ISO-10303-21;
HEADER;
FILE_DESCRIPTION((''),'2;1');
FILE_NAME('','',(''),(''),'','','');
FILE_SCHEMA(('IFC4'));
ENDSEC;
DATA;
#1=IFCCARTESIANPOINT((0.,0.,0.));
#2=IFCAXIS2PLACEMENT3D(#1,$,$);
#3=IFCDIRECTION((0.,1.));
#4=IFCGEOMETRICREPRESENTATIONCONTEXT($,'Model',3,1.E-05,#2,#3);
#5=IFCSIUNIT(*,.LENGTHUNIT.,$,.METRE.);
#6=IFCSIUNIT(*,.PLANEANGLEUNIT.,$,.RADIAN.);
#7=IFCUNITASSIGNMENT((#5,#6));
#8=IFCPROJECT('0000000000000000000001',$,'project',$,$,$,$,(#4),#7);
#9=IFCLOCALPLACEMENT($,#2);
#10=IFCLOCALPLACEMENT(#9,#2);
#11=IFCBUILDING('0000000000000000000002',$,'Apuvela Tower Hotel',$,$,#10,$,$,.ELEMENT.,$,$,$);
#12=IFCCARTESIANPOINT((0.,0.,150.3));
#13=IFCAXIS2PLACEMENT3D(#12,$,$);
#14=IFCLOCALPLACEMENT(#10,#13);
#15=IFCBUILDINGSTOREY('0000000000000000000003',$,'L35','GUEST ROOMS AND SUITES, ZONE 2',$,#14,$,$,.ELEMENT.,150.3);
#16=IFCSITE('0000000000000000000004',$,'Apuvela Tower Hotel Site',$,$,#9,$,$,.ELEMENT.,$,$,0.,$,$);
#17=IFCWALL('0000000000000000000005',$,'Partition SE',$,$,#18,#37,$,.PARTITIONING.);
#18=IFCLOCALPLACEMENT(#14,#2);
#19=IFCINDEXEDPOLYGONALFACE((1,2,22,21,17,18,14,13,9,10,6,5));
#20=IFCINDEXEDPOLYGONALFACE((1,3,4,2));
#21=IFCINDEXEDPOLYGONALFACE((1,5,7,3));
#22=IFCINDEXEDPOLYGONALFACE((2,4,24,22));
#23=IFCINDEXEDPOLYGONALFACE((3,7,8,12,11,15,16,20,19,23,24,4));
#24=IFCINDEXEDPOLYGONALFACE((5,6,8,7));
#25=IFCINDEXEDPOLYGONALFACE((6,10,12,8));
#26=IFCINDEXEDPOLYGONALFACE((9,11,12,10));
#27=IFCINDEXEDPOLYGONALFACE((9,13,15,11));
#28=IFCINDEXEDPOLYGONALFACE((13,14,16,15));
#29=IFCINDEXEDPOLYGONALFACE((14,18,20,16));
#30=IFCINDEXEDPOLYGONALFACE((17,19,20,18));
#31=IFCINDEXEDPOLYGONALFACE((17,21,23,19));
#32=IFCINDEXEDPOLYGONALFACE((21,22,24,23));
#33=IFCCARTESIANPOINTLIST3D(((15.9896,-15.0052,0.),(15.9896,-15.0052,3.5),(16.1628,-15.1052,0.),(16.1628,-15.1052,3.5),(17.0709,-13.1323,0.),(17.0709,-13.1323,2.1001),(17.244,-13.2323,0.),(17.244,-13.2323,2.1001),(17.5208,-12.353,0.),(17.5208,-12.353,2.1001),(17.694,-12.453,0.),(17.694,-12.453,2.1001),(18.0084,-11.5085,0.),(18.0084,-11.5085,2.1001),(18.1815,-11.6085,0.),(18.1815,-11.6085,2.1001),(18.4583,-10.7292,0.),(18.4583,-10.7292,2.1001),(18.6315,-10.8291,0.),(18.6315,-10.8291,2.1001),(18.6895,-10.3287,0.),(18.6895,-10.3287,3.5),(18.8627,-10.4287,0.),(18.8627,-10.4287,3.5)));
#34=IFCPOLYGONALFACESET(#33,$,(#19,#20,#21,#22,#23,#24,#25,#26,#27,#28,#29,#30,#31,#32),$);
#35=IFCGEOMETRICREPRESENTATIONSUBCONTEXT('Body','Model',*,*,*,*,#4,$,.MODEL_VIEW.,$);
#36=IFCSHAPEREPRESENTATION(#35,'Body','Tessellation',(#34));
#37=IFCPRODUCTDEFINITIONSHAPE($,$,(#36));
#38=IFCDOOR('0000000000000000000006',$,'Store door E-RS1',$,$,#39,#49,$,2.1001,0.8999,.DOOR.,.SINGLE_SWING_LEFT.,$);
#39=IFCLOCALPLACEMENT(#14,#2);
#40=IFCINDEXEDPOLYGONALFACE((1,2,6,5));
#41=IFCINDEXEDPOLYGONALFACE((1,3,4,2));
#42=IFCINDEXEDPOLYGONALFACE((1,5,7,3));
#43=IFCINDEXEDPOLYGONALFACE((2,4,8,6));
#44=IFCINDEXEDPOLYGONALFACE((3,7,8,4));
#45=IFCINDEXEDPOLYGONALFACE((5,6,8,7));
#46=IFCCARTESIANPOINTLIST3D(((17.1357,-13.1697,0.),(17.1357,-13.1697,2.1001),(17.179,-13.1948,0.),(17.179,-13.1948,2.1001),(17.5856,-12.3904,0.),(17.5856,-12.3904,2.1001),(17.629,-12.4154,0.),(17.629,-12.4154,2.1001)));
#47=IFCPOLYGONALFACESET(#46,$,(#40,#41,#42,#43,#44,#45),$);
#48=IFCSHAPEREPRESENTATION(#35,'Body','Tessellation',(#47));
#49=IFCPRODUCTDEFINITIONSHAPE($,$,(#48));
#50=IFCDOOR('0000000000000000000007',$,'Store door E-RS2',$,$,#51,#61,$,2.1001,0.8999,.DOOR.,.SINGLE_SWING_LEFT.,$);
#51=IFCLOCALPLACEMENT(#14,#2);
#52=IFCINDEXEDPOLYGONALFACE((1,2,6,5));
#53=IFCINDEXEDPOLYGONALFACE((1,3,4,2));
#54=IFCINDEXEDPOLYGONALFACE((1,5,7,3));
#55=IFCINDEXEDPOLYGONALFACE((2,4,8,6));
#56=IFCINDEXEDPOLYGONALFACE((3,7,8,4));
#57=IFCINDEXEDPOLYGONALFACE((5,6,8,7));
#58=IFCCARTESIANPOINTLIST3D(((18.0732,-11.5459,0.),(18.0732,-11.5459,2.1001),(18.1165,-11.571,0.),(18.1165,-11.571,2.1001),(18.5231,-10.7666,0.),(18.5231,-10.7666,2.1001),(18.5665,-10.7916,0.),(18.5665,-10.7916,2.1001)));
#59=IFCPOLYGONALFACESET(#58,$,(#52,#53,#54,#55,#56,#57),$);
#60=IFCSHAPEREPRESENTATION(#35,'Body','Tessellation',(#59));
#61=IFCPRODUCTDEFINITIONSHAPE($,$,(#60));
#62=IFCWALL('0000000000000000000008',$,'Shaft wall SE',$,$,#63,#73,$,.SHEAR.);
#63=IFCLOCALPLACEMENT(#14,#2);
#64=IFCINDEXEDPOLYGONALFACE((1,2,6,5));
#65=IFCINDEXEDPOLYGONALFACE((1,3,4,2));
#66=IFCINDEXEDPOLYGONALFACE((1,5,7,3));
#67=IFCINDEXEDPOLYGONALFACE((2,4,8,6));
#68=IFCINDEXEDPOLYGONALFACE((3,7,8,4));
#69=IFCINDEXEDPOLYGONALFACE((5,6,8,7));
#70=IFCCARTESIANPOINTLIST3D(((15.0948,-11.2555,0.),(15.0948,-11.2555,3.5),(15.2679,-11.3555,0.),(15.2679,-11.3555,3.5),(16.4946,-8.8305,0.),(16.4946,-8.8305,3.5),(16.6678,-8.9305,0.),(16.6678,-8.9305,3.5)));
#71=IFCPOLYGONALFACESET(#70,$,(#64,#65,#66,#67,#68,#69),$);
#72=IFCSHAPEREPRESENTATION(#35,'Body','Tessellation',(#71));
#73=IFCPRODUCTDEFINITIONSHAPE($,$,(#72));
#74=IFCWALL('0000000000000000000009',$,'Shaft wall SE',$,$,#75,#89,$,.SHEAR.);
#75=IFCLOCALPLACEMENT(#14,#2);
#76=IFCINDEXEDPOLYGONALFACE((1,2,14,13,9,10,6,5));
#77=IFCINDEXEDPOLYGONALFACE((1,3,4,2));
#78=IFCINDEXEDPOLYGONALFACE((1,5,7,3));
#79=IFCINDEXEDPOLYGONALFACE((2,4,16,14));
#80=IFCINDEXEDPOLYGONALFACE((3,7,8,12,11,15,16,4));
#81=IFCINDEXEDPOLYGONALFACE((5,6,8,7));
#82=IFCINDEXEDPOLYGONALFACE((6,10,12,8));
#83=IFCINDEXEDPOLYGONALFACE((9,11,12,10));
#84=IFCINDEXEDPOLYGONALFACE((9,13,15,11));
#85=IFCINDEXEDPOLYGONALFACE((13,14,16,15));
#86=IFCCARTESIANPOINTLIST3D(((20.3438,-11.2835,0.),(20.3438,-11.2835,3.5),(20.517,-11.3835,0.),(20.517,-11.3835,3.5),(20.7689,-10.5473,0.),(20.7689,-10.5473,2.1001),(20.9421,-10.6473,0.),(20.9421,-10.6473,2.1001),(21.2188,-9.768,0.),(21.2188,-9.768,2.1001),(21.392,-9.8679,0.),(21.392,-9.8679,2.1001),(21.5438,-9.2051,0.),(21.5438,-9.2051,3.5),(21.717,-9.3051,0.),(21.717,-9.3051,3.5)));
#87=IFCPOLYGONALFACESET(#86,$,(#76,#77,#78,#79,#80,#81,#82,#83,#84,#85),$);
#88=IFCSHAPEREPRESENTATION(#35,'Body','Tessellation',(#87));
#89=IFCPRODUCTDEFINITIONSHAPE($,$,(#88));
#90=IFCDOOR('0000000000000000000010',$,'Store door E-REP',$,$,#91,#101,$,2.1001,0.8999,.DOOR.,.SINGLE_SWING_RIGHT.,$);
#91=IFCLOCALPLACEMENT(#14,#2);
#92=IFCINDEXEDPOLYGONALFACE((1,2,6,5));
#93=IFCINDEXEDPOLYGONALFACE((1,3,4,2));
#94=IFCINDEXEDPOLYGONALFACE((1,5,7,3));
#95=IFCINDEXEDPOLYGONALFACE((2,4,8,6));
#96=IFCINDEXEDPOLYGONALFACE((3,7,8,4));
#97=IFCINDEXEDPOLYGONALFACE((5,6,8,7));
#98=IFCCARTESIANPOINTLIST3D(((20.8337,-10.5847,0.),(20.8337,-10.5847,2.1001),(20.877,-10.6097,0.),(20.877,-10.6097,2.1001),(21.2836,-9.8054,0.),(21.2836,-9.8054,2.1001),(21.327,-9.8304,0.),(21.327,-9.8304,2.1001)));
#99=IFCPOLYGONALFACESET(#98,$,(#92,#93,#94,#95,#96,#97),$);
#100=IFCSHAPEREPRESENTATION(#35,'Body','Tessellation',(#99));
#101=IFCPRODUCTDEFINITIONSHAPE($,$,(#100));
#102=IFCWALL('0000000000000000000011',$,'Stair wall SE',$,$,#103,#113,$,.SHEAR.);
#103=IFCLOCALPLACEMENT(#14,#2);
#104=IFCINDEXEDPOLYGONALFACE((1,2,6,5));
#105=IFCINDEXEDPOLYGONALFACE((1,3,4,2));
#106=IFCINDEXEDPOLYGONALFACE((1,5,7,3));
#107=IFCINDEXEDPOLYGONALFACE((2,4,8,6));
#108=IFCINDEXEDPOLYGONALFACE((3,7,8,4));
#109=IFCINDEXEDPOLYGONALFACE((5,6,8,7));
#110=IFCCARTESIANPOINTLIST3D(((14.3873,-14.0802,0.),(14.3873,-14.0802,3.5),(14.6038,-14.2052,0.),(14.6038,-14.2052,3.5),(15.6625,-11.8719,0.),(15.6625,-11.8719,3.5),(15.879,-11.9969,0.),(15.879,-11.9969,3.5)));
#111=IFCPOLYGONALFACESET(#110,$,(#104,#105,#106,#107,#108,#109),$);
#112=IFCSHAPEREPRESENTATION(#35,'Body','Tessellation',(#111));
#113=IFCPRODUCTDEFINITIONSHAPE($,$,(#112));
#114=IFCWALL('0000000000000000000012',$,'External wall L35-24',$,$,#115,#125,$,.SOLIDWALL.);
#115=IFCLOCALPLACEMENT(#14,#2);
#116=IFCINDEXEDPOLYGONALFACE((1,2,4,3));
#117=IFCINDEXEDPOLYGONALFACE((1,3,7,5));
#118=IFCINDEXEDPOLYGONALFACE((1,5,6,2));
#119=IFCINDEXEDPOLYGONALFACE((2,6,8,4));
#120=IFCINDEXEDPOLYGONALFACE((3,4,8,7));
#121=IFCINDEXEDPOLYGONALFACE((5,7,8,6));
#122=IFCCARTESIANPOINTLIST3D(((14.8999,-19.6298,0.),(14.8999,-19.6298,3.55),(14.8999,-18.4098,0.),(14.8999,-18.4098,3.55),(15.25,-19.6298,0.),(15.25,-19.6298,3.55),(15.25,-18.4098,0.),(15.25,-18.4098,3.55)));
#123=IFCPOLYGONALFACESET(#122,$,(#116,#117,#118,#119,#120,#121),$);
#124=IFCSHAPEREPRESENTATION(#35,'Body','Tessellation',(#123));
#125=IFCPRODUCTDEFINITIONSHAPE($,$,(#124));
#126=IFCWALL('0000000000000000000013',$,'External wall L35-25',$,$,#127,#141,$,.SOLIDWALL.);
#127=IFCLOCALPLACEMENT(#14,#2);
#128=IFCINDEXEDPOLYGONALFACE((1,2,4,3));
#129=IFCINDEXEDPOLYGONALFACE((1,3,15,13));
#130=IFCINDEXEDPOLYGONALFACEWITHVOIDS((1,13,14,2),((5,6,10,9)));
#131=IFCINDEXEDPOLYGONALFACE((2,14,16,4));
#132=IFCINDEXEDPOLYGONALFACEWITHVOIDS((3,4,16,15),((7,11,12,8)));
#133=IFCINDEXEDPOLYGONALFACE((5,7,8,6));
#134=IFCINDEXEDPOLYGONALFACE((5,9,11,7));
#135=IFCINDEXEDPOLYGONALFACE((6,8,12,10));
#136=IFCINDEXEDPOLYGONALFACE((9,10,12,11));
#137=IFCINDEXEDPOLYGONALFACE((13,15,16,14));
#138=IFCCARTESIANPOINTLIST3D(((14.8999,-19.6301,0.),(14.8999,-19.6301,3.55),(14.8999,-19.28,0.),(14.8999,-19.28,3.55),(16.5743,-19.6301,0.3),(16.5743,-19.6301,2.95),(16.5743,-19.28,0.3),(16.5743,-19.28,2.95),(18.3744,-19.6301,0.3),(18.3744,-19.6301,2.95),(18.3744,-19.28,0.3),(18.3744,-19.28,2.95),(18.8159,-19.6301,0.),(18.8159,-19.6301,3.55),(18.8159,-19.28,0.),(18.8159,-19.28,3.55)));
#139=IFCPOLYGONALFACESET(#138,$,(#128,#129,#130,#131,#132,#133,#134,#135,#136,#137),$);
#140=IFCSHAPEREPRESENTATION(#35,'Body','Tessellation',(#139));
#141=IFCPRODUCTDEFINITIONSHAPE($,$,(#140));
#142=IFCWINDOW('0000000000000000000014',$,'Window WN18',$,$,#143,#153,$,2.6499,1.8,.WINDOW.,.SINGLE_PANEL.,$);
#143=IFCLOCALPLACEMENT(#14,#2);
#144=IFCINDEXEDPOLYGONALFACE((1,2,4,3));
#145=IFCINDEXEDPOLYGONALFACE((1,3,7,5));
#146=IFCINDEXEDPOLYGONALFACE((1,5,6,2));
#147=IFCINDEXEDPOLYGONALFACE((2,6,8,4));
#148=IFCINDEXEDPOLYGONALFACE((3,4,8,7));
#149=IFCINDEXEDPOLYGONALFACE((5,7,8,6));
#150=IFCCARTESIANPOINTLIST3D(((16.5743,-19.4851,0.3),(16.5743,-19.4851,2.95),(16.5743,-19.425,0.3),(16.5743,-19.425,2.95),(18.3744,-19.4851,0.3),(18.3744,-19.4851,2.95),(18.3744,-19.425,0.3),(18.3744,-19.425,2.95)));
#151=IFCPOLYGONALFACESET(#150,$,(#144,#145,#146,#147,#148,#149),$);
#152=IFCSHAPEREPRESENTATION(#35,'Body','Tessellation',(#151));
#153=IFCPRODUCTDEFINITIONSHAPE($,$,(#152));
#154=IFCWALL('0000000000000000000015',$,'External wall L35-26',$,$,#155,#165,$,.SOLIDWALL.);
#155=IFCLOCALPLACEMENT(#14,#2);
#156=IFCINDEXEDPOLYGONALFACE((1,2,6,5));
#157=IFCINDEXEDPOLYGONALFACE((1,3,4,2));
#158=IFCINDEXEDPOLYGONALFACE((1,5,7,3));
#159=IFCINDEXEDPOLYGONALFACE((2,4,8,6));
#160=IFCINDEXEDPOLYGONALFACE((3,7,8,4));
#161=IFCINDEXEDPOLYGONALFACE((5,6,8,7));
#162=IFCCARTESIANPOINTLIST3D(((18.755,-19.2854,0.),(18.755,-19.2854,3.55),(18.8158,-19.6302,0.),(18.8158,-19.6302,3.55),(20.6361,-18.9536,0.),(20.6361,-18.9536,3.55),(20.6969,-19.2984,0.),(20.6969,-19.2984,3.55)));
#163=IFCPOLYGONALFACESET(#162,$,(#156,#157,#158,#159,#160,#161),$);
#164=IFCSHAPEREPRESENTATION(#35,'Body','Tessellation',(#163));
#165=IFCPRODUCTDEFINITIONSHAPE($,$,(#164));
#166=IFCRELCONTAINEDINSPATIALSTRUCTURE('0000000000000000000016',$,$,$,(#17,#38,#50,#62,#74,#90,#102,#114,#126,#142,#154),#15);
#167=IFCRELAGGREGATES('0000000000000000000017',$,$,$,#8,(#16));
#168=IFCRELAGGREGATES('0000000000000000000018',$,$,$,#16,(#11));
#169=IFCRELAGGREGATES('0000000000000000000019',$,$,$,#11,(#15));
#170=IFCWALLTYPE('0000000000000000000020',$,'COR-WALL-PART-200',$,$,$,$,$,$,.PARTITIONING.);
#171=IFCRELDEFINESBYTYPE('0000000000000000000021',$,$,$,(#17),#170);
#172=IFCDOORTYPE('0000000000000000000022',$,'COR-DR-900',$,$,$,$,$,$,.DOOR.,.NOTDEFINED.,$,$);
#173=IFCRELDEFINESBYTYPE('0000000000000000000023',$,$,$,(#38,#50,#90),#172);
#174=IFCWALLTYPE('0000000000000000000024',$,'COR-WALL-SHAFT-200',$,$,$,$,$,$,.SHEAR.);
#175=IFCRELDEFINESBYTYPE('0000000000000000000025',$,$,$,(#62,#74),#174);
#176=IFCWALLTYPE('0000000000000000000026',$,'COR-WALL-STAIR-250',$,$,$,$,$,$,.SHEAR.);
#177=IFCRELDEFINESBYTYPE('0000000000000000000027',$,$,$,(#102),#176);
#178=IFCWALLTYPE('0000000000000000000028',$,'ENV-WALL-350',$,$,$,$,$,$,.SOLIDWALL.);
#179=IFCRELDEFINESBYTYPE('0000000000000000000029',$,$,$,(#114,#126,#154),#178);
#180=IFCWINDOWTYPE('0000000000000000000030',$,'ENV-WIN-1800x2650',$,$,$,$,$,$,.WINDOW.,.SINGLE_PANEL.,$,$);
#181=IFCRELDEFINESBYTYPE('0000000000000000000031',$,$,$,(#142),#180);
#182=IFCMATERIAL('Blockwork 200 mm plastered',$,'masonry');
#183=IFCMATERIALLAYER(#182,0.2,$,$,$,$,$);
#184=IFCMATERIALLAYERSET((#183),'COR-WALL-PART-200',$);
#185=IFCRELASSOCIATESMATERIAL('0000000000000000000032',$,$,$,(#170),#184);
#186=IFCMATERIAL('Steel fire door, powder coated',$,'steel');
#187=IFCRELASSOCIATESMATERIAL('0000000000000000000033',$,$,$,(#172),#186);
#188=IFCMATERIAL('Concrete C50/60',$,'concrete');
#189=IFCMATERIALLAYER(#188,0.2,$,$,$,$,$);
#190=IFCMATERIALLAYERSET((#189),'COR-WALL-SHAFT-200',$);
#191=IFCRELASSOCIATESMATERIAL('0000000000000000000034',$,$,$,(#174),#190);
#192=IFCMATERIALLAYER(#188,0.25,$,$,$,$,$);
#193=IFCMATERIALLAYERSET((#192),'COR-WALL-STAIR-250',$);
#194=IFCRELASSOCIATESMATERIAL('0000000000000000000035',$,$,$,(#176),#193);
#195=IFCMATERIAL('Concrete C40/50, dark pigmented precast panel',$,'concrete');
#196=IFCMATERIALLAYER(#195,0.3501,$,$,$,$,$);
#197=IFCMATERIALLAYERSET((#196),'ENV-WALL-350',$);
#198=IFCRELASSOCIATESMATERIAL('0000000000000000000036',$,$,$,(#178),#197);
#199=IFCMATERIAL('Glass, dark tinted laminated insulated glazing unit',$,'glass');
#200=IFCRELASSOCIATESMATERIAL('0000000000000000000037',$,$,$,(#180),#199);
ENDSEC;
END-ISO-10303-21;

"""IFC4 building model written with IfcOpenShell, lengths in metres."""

from ifc_helpers import new_model, si_unit, direction, frame, frame_2d, origin, place, context, subcontext, project, spatial, rectangle, extrude, material, layer, layer_set, type_object, element, fill, save


model = new_model("IFC4")

# Units and contexts
model_context = context("Model", 3, precision=1e-05, world=origin(), true_north=direction((0.0, 1.0)))
body_context = subcontext(model_context, "Body", "Model", "MODEL_VIEW")
ifc_project = project(units=[si_unit("LENGTHUNIT", "METRE"), si_unit("PLANEANGLEUNIT", "RADIAN")], contexts=[model_context])

# Site, building, storey
site_placement = place(None, origin())
site = spatial("IfcSite", under=ifc_project, at=site_placement, Name="Apuvela Tower Hotel Site", CompositionType="ELEMENT", RefElevation=0.0)
building_placement = place(site_placement, origin())
building = spatial("IfcBuilding", under=site, at=building_placement, Name="Apuvela Tower Hotel", CompositionType="ELEMENT")
storey_placement = place(building_placement, frame((0.0, 0.0, 150.3)))
storey = spatial("IfcBuildingStorey", under=building, at=storey_placement, Name="L35", Description="GUEST ROOMS AND SUITES, ZONE 2", CompositionType="ELEMENT", Elevation=150.3)

# Wall, openings, doors
ifc_material_1 = material(Name="Blockwork 200 mm plastered", Category="masonry")
ifc_layer_1 = layer(ifc_material_1, 0.2)
ifc_layer_set_1 = layer_set([ifc_layer_1], Name="COR-WALL-PART-200")
wall_type_1 = type_object("IfcWallType", Name="COR-WALL-PART-200", PredefinedType="PARTITIONING", material=ifc_layer_set_1)
wall_1_placement = place(storey_placement, frame((16.0762, -15.0552, 0.0), z_axis=(0.0, 0.0, 1.0), x_axis=(0.499995, 0.866028, 0.0)))
wall_1 = element("IfcWall", 1, at=wall_1_placement, inside=storey, type_object=wall_type_1, Name="Partition SE", PredefinedType="PARTITIONING", context=body_context, shape_type="SweptSolid", body=[
    extrude(rectangle(XDim=5.3999, YDim=0.2, at=frame_2d((2.7, 0.0))), origin(), (0.0, 0.0, 1.0), 3.5),
])
opening_1_placement = place(wall_1_placement, frame((2.1626, 0.0, 0.0)))
opening_1 = element("IfcOpeningElement", 2, at=opening_1_placement, cuts=wall_1, PredefinedType="OPENING", context=body_context, shape_type="SweptSolid", body=[
    extrude(rectangle(XDim=0.8999, YDim=2.1001, at=frame_2d((0.45, 1.05))), frame((0.0, 0.1099, 0.0), z_axis=(0.0, -1.0, 0.0), x_axis=(1.0, 0.0, 0.0)), (0.0, 0.0, 1.0), 0.22),
])
opening_2_placement = place(wall_1_placement, frame((4.0376, 0.0, 0.0)))
opening_2 = element("IfcOpeningElement", 3, at=opening_2_placement, cuts=wall_1, PredefinedType="OPENING", context=body_context, shape_type="SweptSolid", body=[
    extrude(rectangle(XDim=0.8999, YDim=2.1001, at=frame_2d((0.45, 1.05))), frame((0.0, 0.1099, 0.0), z_axis=(0.0, -1.0, 0.0), x_axis=(1.0, 0.0, 0.0)), (0.0, 0.0, 1.0), 0.22),
])
ifc_material_2 = material(Name="Steel fire door, powder coated", Category="steel")
door_type_1 = type_object("IfcDoorType", Name="COR-DR-900", OperationType="NOTDEFINED", PredefinedType="DOOR", material=ifc_material_2)
door_1_placement = place(opening_1_placement, frame((0.8999, 0.0, 0.0), z_axis=(0.0, 0.0, 1.0), x_axis=(-1.0, 0.0, 0.0)))
door_1 = element("IfcDoor", 4, at=door_1_placement, inside=storey, type_object=door_type_1, Name="Store door E-RS1", OperationType="SINGLE_SWING_LEFT", OverallHeight=2.1001, OverallWidth=0.8999, PredefinedType="DOOR", context=body_context, shape_type="SweptSolid", body=[
    extrude(rectangle(XDim=0.8999, YDim=2.1001, at=frame_2d((0.45, 1.05))), frame((0.0, 0.0249, 0.0), z_axis=(0.0, -1.0, 0.0), x_axis=(1.0, 0.0, 0.0)), (0.0, 0.0, 1.0), 0.05),
])
fill(opening_1, door_1)
door_2_placement = place(opening_2_placement, frame((0.8999, 0.0, 0.0), z_axis=(0.0, 0.0, 1.0), x_axis=(-1.0, 0.0, 0.0)))
door_2 = element("IfcDoor", 5, at=door_2_placement, inside=storey, type_object=door_type_1, Name="Store door E-RS2", OperationType="SINGLE_SWING_LEFT", OverallHeight=2.1001, OverallWidth=0.8999, PredefinedType="DOOR", context=body_context, shape_type="SweptSolid", body=[
    extrude(rectangle(XDim=0.8999, YDim=2.1001, at=frame_2d((0.45, 1.05))), frame((0.0, 0.0249, 0.0), z_axis=(0.0, -1.0, 0.0), x_axis=(1.0, 0.0, 0.0)), (0.0, 0.0, 1.0), 0.05),
])
fill(opening_2, door_2)

# Wall
ifc_material_3 = material(Name="Concrete C50/60", Category="concrete")
ifc_layer_2 = layer(ifc_material_3, 0.2)
ifc_layer_set_2 = layer_set([ifc_layer_2], Name="COR-WALL-SHAFT-200")
wall_type_2 = type_object("IfcWallType", Name="COR-WALL-SHAFT-200", PredefinedType="SHEAR", material=ifc_layer_set_2)
wall_2_placement = place(storey_placement, frame((15.1814, -11.3054, 0.0), z_axis=(0.0, 0.0, 1.0), x_axis=(0.499946, 0.866056, 0.0)))
element("IfcWall", 6, at=wall_2_placement, inside=storey, type_object=wall_type_2, Name="Shaft wall SE", PredefinedType="SHEAR", context=body_context, shape_type="SweptSolid", body=[
    extrude(rectangle(XDim=2.8, YDim=0.2, at=frame_2d((1.3999, 0.0))), origin(), (0.0, 0.0, 1.0), 3.5),
])

# Wall, opening, door
wall_3_placement = place(storey_placement, frame((20.4304, -11.3335, 0.0), z_axis=(0.0, 0.0, 1.0), x_axis=(0.500001, 0.866025, 0.0)))
wall_3 = element("IfcWall", 7, at=wall_3_placement, inside=storey, type_object=wall_type_2, Name="Shaft wall SE", PredefinedType="SHEAR", context=body_context, shape_type="SweptSolid", body=[
    extrude(rectangle(XDim=2.3999, YDim=0.2, at=frame_2d((1.2, 0.0))), origin(), (0.0, 0.0, 1.0), 3.5),
])
opening_3_placement = place(wall_3_placement, frame((0.8501, 0.0, 0.0)))
opening_3 = element("IfcOpeningElement", 8, at=opening_3_placement, cuts=wall_3, PredefinedType="OPENING", context=body_context, shape_type="SweptSolid", body=[
    extrude(rectangle(XDim=0.8999, YDim=2.1001, at=frame_2d((0.45, 1.05))), frame((0.0, 0.1099, 0.0), z_axis=(0.0, -1.0, 0.0), x_axis=(1.0, 0.0, 0.0)), (0.0, 0.0, 1.0), 0.22),
])
door_3_placement = place(opening_3_placement, frame((0.8999, 0.0, 0.0), z_axis=(0.0, 0.0, 1.0), x_axis=(-1.0, 0.0, 0.0)))
door_3 = element("IfcDoor", 9, at=door_3_placement, inside=storey, type_object=door_type_1, Name="Store door E-REP", OperationType="SINGLE_SWING_RIGHT", OverallHeight=2.1001, OverallWidth=0.8999, PredefinedType="DOOR", context=body_context, shape_type="SweptSolid", body=[
    extrude(rectangle(XDim=0.8999, YDim=2.1001, at=frame_2d((0.45, 1.05))), frame((0.0, 0.0249, 0.0), z_axis=(0.0, -1.0, 0.0), x_axis=(1.0, 0.0, 0.0)), (0.0, 0.0, 1.0), 0.05),
])
fill(opening_3, door_3)

# Walls
ifc_layer_3 = layer(ifc_material_3, 0.25)
ifc_layer_set_3 = layer_set([ifc_layer_3], Name="COR-WALL-STAIR-250")
wall_type_3 = type_object("IfcWallType", Name="COR-WALL-STAIR-250", PredefinedType="SHEAR", material=ifc_layer_set_3)
wall_4_placement = place(storey_placement, frame((14.4956, -14.1426, 0.0), z_axis=(0.0, 0.0, 1.0), x_axis=(0.500062, 0.865989, 0.0)))
element("IfcWall", 10, at=wall_4_placement, inside=storey, type_object=wall_type_3, Name="Stair wall SE", PredefinedType="SHEAR", context=body_context, shape_type="SweptSolid", body=[
    extrude(rectangle(XDim=2.55, YDim=0.25, at=frame_2d((1.2749, 0.0))), origin(), (0.0, 0.0, 1.0), 3.5),
])
ifc_material_4 = material(Name="Concrete C40/50, dark pigmented precast panel", Category="concrete")
ifc_layer_4 = layer(ifc_material_4, 0.3501)
ifc_layer_set_4 = layer_set([ifc_layer_4], Name="ENV-WALL-350")
wall_type_4 = type_object("IfcWallType", Name="ENV-WALL-350", PredefinedType="SOLIDWALL", material=ifc_layer_set_4)
wall_5_placement = place(storey_placement, frame((15.075, -18.4099, 0.0), z_axis=(0.0, 0.0, 1.0), x_axis=(0.0, -1.0, 0.0)))
element("IfcWall", 11, at=wall_5_placement, inside=storey, type_object=wall_type_4, Name="External wall L35-24", PredefinedType="SOLIDWALL", context=body_context, shape_type="SweptSolid", body=[
    extrude(rectangle(XDim=1.22, YDim=0.3501, at=frame_2d((0.6099, 0.0))), origin(), (0.0, 0.0, 1.0), 3.55),
])

# Wall, opening, window
wall_6_placement = place(storey_placement, frame((14.8999, -19.4551, 0.0), z_axis=(0.0, 0.0, 1.0), x_axis=(1.0, 0.0, 0.0)))
wall_6 = element("IfcWall", 12, at=wall_6_placement, inside=storey, type_object=wall_type_4, Name="External wall L35-25", PredefinedType="SOLIDWALL", context=body_context, shape_type="SweptSolid", body=[
    extrude(rectangle(XDim=3.916, YDim=0.3501, at=frame_2d((1.958, 0.0))), origin(), (0.0, 0.0, 1.0), 3.55),
])
opening_4_placement = place(wall_6_placement, frame((1.6746, 0.0, 0.3)))
opening_4 = element("IfcOpeningElement", 13, at=opening_4_placement, cuts=wall_6, PredefinedType="OPENING", context=body_context, shape_type="SweptSolid", body=[
    extrude(rectangle(XDim=1.8, YDim=2.6499, at=frame_2d((0.8999, 1.325))), frame((0.0, 0.1851, 0.0), z_axis=(0.0, -1.0, 0.0), x_axis=(1.0, 0.0, 0.0)), (0.0, 0.0, 1.0), 0.3701),
])
ifc_material_5 = material(Name="Glass, dark tinted laminated insulated glazing unit", Category="glass")
window_type = type_object("IfcWindowType", Name="ENV-WIN-1800x2650", PartitioningType="SINGLE_PANEL", PredefinedType="WINDOW", material=ifc_material_5)
window_placement = place(opening_4_placement, origin())
window = element("IfcWindow", 14, at=window_placement, inside=storey, type_object=window_type, Name="Window WN18", OverallHeight=2.6499, OverallWidth=1.8, PartitioningType="SINGLE_PANEL", PredefinedType="WINDOW", context=body_context, shape_type="SweptSolid", body=[
    extrude(rectangle(XDim=1.8, YDim=2.6499, at=frame_2d((0.8999, 1.325))), frame((0.0, 0.03, 0.0), z_axis=(0.0, -1.0, 0.0), x_axis=(1.0, 0.0, 0.0)), (0.0, 0.0, 1.0), 0.0601),
])
fill(opening_4, window)

# Wall
wall_7_placement = place(storey_placement, frame((18.7854, -19.4578, 0.0), z_axis=(0.0, 0.0, 1.0), x_axis=(0.984799, 0.173698, 0.0)))
element("IfcWall", 15, at=wall_7_placement, inside=storey, type_object=wall_type_4, Name="External wall L35-26", PredefinedType="SOLIDWALL", context=body_context, shape_type="SweptSolid", body=[
    extrude(rectangle(XDim=1.9102, YDim=0.3501, at=frame_2d((0.9551, 0.0))), origin(), (0.0, 0.0, 1.0), 3.55),
])

save(model, "model.ifc")
